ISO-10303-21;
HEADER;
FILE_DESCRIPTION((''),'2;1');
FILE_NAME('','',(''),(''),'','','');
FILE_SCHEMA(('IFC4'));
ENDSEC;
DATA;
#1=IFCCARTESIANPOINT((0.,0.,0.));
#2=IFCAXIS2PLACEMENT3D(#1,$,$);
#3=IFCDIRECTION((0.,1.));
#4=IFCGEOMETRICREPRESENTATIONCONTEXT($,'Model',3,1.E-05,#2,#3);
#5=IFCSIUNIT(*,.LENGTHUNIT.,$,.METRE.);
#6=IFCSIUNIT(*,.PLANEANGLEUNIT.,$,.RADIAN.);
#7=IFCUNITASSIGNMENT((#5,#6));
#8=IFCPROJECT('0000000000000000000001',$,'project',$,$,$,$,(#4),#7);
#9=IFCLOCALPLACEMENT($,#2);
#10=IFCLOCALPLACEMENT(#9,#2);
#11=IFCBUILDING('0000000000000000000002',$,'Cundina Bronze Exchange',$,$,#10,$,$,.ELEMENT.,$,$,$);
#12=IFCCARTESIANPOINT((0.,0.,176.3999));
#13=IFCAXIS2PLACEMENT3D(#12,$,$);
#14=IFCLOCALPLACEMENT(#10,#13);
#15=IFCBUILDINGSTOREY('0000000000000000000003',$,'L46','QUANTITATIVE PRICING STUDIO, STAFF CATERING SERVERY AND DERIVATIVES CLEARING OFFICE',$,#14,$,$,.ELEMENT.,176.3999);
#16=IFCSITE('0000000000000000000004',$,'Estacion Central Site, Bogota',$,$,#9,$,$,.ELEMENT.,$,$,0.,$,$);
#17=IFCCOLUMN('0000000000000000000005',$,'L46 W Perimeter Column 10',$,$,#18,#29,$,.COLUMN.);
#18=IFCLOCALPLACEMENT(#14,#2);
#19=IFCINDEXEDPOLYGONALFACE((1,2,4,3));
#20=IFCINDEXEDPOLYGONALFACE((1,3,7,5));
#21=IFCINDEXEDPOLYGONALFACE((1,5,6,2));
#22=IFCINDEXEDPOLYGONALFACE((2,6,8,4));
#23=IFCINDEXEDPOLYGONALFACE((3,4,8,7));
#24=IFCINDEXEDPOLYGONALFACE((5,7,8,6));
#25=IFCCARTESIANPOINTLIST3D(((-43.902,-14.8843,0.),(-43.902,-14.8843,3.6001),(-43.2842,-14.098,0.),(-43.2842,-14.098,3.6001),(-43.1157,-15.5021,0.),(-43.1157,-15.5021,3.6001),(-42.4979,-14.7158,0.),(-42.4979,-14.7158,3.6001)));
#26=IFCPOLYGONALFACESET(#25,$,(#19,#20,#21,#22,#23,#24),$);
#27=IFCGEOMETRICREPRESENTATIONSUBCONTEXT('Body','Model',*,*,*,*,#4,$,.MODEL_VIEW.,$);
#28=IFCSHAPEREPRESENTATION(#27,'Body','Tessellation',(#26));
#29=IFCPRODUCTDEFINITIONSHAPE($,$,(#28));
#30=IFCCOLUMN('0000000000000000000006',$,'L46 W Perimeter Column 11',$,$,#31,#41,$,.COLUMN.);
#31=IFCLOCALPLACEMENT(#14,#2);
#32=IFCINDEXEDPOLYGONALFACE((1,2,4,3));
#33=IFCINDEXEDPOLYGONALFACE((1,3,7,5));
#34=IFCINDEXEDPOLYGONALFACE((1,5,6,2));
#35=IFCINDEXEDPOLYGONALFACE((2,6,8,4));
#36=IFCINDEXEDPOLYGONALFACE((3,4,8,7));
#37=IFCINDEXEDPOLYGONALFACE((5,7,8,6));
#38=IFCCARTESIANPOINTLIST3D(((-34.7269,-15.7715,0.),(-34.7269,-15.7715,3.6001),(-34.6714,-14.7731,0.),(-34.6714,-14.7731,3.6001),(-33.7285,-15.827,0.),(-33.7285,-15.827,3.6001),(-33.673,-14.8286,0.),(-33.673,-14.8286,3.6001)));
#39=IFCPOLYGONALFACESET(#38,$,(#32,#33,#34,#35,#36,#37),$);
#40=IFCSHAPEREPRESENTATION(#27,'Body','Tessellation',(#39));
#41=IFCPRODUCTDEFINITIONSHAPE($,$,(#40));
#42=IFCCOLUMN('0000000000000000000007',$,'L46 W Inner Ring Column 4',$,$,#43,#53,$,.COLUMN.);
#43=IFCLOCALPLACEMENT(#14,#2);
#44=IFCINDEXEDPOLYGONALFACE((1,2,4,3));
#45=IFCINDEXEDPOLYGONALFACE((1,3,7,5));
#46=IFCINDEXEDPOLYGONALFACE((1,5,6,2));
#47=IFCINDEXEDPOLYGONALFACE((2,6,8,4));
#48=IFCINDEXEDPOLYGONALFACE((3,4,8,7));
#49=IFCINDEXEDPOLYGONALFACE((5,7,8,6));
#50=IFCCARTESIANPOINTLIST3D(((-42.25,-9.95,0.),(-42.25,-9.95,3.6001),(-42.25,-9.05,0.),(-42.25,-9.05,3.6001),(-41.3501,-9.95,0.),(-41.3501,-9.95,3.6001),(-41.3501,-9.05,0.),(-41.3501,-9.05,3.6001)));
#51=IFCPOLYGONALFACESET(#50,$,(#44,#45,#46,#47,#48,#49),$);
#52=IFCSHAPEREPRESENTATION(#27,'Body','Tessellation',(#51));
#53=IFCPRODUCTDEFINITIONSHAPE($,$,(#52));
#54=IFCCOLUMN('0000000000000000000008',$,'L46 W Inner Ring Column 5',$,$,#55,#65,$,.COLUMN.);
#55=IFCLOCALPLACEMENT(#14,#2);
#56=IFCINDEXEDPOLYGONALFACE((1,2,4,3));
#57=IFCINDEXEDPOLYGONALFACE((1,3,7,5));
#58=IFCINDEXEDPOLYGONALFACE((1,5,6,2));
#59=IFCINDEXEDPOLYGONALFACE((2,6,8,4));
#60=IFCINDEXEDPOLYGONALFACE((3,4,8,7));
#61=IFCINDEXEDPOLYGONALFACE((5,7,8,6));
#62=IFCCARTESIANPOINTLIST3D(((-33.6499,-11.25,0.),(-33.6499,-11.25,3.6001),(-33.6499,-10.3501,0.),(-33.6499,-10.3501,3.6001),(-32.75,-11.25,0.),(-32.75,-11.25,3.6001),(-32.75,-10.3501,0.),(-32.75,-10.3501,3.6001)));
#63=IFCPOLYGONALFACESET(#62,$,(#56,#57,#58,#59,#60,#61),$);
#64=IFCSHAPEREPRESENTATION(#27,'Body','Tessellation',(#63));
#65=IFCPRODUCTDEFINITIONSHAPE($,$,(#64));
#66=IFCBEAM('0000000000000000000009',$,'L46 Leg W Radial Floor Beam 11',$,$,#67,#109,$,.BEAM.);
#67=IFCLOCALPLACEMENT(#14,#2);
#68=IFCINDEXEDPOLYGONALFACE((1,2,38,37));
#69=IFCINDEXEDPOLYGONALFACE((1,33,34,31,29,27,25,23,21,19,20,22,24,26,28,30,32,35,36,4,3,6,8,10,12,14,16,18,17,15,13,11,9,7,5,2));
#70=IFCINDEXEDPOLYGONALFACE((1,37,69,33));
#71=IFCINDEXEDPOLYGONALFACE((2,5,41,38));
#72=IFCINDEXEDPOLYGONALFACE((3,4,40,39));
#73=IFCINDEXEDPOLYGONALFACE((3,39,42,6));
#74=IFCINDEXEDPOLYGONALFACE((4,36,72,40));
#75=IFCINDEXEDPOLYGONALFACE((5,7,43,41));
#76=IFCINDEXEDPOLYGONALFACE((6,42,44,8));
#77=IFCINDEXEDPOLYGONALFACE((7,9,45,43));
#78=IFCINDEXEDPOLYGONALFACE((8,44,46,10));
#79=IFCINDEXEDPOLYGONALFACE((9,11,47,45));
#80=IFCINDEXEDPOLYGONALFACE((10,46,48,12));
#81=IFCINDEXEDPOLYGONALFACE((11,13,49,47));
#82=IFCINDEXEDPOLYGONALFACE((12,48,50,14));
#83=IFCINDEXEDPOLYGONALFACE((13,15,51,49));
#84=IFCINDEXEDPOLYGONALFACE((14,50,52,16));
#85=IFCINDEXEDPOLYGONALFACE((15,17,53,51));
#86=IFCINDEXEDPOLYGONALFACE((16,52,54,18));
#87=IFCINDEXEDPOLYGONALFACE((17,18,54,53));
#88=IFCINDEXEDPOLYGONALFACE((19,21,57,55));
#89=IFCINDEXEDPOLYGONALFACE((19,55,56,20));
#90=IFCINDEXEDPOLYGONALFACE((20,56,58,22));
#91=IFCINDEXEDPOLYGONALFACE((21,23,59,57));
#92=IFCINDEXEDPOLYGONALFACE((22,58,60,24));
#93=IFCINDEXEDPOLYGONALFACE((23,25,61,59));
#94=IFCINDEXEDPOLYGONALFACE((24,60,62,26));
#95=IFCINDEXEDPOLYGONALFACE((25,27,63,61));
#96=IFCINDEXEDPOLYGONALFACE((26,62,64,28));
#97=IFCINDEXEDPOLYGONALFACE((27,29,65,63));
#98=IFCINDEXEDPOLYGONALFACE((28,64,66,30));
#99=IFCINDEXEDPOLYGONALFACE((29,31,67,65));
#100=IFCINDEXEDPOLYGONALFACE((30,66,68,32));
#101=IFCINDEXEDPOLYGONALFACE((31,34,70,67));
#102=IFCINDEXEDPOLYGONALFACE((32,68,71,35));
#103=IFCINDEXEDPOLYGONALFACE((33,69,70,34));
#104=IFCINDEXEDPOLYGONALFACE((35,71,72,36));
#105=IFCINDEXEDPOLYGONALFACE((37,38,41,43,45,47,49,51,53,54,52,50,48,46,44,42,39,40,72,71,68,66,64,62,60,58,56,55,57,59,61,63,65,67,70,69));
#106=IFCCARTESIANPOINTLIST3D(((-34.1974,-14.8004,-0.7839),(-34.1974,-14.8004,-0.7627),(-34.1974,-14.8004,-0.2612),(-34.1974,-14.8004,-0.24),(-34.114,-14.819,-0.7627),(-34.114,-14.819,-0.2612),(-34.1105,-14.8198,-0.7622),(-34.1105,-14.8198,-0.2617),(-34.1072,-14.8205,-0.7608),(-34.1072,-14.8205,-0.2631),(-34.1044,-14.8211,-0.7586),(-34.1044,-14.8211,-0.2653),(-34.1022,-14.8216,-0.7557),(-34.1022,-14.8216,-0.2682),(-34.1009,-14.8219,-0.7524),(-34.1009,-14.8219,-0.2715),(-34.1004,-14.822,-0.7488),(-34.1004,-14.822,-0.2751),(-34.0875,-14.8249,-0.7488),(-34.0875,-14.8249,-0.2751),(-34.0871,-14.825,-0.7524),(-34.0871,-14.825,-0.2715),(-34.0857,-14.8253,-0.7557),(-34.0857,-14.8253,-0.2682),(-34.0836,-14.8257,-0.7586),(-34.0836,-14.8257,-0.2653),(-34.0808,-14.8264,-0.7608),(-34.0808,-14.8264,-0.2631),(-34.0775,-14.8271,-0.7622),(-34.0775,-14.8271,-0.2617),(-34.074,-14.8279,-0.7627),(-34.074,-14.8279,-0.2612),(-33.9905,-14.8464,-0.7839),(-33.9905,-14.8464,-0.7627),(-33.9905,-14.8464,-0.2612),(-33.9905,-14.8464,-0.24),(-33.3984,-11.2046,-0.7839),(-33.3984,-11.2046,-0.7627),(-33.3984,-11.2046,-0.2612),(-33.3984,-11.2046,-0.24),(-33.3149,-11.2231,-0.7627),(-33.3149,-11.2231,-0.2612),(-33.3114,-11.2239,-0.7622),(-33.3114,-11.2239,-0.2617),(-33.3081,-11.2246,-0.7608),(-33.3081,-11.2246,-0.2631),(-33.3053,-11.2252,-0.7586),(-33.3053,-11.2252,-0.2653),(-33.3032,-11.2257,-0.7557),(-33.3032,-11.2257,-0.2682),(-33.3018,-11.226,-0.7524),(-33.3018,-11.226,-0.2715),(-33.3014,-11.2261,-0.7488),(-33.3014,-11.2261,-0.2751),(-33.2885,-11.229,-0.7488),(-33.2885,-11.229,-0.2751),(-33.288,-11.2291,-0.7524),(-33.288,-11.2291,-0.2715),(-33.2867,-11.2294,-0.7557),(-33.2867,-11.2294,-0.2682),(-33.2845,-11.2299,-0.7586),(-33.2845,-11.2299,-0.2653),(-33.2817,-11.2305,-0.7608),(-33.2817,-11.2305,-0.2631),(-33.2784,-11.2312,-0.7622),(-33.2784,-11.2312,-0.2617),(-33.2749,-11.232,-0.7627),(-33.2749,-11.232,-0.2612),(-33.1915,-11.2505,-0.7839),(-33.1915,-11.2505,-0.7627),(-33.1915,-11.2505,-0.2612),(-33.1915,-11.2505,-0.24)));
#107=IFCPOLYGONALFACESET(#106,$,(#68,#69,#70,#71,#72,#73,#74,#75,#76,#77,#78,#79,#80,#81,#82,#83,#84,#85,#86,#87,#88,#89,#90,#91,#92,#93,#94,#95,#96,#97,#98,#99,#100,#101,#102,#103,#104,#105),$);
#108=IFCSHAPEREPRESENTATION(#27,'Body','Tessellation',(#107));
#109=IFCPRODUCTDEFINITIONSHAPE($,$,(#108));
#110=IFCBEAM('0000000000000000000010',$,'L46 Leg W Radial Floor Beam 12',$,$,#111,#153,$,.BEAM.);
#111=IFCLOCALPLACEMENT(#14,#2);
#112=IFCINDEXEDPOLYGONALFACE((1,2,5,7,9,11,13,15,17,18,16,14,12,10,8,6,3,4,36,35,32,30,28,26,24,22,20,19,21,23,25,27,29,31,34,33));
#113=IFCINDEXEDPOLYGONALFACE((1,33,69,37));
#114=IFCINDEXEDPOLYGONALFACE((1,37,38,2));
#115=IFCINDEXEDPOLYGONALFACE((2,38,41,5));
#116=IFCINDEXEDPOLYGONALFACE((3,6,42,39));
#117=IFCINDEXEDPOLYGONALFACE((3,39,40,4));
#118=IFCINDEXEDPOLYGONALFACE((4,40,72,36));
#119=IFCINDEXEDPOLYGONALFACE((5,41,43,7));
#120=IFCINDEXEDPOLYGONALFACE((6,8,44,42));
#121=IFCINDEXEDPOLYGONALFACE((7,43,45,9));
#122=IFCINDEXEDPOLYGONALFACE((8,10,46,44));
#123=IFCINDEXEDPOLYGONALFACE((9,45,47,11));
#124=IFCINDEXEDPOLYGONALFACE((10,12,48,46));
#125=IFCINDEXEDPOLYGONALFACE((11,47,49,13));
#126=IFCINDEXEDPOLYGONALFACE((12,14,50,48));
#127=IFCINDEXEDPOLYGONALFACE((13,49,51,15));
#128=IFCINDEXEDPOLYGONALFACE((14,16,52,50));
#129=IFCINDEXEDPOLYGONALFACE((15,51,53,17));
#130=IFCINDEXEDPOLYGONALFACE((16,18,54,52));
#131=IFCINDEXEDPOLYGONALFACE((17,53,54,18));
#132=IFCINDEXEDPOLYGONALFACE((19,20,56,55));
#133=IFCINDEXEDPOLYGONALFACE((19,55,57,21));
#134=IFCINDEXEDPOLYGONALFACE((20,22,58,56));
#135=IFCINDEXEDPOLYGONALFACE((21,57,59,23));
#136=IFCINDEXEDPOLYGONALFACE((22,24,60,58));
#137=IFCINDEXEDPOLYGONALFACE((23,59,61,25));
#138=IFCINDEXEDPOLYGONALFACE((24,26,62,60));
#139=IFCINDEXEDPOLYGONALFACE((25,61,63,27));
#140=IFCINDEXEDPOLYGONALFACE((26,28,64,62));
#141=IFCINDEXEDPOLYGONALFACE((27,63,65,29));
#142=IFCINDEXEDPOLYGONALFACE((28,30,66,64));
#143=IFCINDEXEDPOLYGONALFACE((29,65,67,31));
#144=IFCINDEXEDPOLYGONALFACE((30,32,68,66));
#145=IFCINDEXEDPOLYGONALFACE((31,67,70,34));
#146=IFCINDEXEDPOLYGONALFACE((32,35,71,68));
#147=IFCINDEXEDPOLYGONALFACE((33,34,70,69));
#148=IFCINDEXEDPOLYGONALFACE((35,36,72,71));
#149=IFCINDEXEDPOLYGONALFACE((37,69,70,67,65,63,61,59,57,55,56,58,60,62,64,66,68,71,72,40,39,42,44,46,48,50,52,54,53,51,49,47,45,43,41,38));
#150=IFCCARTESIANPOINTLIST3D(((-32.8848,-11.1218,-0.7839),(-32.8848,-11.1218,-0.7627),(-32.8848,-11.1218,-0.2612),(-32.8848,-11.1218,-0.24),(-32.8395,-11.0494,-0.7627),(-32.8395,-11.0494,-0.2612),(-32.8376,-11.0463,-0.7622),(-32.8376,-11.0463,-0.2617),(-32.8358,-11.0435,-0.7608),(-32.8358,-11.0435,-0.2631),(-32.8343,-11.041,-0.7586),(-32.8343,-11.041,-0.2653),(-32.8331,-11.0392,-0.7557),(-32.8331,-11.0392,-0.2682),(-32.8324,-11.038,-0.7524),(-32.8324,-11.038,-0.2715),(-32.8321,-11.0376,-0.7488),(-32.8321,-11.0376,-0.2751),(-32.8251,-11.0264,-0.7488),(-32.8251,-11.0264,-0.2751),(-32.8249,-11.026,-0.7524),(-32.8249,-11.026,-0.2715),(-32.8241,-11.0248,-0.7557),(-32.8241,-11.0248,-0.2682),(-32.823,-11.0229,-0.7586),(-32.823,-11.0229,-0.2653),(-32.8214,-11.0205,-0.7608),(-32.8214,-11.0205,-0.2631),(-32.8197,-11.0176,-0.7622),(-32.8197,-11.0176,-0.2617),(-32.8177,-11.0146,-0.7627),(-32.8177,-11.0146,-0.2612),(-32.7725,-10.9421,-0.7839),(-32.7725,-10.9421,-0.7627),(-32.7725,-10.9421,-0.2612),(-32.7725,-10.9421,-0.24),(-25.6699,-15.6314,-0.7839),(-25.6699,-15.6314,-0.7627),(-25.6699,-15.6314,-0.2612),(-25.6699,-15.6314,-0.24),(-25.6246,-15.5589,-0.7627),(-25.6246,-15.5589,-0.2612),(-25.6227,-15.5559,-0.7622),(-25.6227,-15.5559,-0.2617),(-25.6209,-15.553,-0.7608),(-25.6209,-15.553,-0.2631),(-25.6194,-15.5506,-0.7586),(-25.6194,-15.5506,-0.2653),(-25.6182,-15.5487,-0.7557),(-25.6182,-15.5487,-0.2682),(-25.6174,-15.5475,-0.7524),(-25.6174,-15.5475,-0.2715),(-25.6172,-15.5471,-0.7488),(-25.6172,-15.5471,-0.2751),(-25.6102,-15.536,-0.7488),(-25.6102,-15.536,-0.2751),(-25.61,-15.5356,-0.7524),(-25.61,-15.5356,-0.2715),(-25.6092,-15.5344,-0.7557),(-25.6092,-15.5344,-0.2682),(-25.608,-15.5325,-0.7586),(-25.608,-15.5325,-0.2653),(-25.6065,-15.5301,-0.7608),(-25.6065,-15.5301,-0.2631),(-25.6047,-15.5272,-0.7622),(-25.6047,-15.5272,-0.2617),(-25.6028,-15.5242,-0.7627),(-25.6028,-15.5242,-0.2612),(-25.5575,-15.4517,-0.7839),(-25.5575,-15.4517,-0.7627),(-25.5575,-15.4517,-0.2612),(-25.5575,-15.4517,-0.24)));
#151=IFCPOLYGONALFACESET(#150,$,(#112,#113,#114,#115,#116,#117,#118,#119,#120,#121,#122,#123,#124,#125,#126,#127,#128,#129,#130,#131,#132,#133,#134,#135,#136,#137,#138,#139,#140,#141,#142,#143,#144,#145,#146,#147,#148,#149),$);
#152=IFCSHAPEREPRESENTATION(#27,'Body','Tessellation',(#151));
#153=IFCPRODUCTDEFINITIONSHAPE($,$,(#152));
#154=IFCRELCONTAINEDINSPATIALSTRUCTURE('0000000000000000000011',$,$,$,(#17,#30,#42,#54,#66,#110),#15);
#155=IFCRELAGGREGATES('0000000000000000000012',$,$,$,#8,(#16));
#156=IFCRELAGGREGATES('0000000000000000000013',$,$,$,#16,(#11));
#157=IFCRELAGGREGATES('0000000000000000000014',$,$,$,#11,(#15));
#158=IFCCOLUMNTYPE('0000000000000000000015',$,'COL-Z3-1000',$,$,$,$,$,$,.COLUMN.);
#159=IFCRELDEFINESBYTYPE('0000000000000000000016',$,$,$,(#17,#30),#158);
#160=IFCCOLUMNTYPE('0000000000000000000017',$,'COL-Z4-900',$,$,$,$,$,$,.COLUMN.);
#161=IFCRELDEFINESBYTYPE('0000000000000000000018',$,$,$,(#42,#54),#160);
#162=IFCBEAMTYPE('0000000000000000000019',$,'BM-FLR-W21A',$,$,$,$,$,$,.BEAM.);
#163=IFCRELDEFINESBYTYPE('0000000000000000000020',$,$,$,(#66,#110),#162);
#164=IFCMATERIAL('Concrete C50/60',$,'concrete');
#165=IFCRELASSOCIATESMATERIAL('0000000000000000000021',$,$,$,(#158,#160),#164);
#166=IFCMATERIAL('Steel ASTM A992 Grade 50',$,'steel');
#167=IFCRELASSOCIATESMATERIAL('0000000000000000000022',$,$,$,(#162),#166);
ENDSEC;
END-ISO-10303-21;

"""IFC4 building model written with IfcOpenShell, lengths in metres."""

from ifc_helpers import new_model, si_unit, direction, frame, origin, origin_2d, place, context, subcontext, project, spatial, rectangle, i_section, extrude, material, material_profile, profile_set, type_object, element, save


model = new_model("IFC4")

# Units and contexts
model_context = context("Model", 3, precision=1e-05, world=origin(), true_north=direction((0.0, 1.0)))
body_context = subcontext(model_context, "Body", "Model", "MODEL_VIEW")
ifc_project = project(units=[si_unit("LENGTHUNIT", "METRE"), si_unit("PLANEANGLEUNIT", "RADIAN")], contexts=[model_context])

# Site, building, storey
site_placement = place(None, origin())
site = spatial("IfcSite", under=ifc_project, at=site_placement, Name="Estacion Central Site, Bogota", CompositionType="ELEMENT", RefElevation=0.0)
building_placement = place(site_placement, origin())
building = spatial("IfcBuilding", under=site, at=building_placement, Name="Cundina Bronze Exchange", CompositionType="ELEMENT")
storey_placement = place(building_placement, frame((0.0, 0.0, 176.3999)))
storey = spatial("IfcBuildingStorey", under=building, at=storey_placement, Name="L46", Description="QUANTITATIVE PRICING STUDIO, STAFF CATERING SERVERY AND DERIVATIVES CLEARING OFFICE", CompositionType="ELEMENT", Elevation=176.3999)

# Columns
ifc_material_1 = material(Name="Concrete C50/60", Category="concrete")
ifc_material_profile_1 = material_profile(ifc_material_1, rectangle(XDim=1.0, YDim=1.0, at=origin_2d()), Name="RC1000X1000", Category="concrete")
ifc_profile_set_1 = profile_set([ifc_material_profile_1], Name="Concrete C50/60")
column_type_1 = type_object("IfcColumnType", Name="COL-Z3-1000", PredefinedType="COLUMN", material=ifc_profile_set_1)
for number, where, z_axis, x_axis, name in (
    (1, (-43.2, -14.8, 0.0), (0.0, 0.0, 1.0), (0.786288, -0.61786, 0.0), "L46 W Perimeter Column 10"),
    (2, (-34.2, -15.3, 0.0), (0.0, 0.0, 1.0), (0.99846, -0.055473, 0.0), "L46 W Perimeter Column 11"),
):
    element("IfcColumn", number, at=place(storey_placement, frame(where, z_axis=z_axis, x_axis=x_axis)), inside=storey, type_object=column_type_1, Name=name, PredefinedType="COLUMN", context=body_context, shape_type="SweptSolid", body=[
        extrude(rectangle(XDim=1.0, YDim=1.0, at=origin_2d()), origin(), (0.0, 0.0, 1.0), 3.6001),
    ])
ifc_material_profile_2 = material_profile(ifc_material_1, rectangle(XDim=0.8999, YDim=0.8999, at=origin_2d()), Name="RC900X900", Category="concrete")
ifc_profile_set_2 = profile_set([ifc_material_profile_2], Name="Concrete C50/60")
column_type_2 = type_object("IfcColumnType", Name="COL-Z4-900", PredefinedType="COLUMN", material=ifc_profile_set_2)
for number, where, z_axis, x_axis, name in (
    (3, (-41.8, -9.5, 0.0), (0.0, 0.0, 1.0), (1.0, 0.0, 0.0), "L46 W Inner Ring Column 4"),
    (4, (-33.2, -10.8, 0.0), (0.0, 0.0, 1.0), (1.0, 0.0, 0.0), "L46 W Inner Ring Column 5"),
):
    element("IfcColumn", number, at=place(storey_placement, frame(where, z_axis=z_axis, x_axis=x_axis)), inside=storey, type_object=column_type_2, Name=name, PredefinedType="COLUMN", context=body_context, shape_type="SweptSolid", body=[
        extrude(rectangle(XDim=0.8999, YDim=0.8999, at=origin_2d()), origin(), (0.0, 0.0, 1.0), 3.6001),
    ])

# Beams
ifc_material_2 = material(Name="Steel ASTM A992 Grade 50", Category="steel")
ifc_material_profile_3 = material_profile(ifc_material_2, i_section(OverallWidth=0.2119, OverallDepth=0.5439, WebThickness=0.0132, FlangeThickness=0.0212, FilletRadius=0.0139, at=origin_2d()), Name="W21X83", Category="steel")
ifc_profile_set_3 = profile_set([ifc_material_profile_3], Name="Steel ASTM A992 Grade 50")
beam_type_1 = type_object("IfcBeamType", Name="BM-FLR-W21A", PredefinedType="BEAM", material=ifc_profile_set_3)
beam_1_placement = place(storey_placement, frame((-33.2949, -11.2275, -0.512), z_axis=(-0.216923, -0.976189, 0.0), x_axis=(0.976189, -0.216923, 0.0)))
element("IfcBeam", 5, at=beam_1_placement, inside=storey, type_object=beam_type_1, Name="L46 Leg W Radial Floor Beam 11", PredefinedType="BEAM", context=body_context, shape_type="SweptSolid", body=[
    extrude(i_section(OverallWidth=0.2119, OverallDepth=0.5439, WebThickness=0.0132, FlangeThickness=0.0212, FilletRadius=0.0139, at=origin_2d()), origin(), (0.0, 0.0, 1.0), 3.6836),
])
beam_2_placement = place(storey_placement, frame((-32.8286, -11.032, -0.512), z_axis=(0.847985, -0.53002, 0.0), x_axis=(0.53002, 0.847985, 0.0)))
element("IfcBeam", 6, at=beam_2_placement, inside=storey, type_object=beam_type_1, Name="L46 Leg W Radial Floor Beam 12", PredefinedType="BEAM", context=body_context, shape_type="SweptSolid", body=[
    extrude(i_section(OverallWidth=0.2119, OverallDepth=0.5439, WebThickness=0.0132, FlangeThickness=0.0212, FilletRadius=0.0139, at=origin_2d()), origin(), (0.0, 0.0, 1.0), 8.5083),
])

save(model, "model.ifc")
